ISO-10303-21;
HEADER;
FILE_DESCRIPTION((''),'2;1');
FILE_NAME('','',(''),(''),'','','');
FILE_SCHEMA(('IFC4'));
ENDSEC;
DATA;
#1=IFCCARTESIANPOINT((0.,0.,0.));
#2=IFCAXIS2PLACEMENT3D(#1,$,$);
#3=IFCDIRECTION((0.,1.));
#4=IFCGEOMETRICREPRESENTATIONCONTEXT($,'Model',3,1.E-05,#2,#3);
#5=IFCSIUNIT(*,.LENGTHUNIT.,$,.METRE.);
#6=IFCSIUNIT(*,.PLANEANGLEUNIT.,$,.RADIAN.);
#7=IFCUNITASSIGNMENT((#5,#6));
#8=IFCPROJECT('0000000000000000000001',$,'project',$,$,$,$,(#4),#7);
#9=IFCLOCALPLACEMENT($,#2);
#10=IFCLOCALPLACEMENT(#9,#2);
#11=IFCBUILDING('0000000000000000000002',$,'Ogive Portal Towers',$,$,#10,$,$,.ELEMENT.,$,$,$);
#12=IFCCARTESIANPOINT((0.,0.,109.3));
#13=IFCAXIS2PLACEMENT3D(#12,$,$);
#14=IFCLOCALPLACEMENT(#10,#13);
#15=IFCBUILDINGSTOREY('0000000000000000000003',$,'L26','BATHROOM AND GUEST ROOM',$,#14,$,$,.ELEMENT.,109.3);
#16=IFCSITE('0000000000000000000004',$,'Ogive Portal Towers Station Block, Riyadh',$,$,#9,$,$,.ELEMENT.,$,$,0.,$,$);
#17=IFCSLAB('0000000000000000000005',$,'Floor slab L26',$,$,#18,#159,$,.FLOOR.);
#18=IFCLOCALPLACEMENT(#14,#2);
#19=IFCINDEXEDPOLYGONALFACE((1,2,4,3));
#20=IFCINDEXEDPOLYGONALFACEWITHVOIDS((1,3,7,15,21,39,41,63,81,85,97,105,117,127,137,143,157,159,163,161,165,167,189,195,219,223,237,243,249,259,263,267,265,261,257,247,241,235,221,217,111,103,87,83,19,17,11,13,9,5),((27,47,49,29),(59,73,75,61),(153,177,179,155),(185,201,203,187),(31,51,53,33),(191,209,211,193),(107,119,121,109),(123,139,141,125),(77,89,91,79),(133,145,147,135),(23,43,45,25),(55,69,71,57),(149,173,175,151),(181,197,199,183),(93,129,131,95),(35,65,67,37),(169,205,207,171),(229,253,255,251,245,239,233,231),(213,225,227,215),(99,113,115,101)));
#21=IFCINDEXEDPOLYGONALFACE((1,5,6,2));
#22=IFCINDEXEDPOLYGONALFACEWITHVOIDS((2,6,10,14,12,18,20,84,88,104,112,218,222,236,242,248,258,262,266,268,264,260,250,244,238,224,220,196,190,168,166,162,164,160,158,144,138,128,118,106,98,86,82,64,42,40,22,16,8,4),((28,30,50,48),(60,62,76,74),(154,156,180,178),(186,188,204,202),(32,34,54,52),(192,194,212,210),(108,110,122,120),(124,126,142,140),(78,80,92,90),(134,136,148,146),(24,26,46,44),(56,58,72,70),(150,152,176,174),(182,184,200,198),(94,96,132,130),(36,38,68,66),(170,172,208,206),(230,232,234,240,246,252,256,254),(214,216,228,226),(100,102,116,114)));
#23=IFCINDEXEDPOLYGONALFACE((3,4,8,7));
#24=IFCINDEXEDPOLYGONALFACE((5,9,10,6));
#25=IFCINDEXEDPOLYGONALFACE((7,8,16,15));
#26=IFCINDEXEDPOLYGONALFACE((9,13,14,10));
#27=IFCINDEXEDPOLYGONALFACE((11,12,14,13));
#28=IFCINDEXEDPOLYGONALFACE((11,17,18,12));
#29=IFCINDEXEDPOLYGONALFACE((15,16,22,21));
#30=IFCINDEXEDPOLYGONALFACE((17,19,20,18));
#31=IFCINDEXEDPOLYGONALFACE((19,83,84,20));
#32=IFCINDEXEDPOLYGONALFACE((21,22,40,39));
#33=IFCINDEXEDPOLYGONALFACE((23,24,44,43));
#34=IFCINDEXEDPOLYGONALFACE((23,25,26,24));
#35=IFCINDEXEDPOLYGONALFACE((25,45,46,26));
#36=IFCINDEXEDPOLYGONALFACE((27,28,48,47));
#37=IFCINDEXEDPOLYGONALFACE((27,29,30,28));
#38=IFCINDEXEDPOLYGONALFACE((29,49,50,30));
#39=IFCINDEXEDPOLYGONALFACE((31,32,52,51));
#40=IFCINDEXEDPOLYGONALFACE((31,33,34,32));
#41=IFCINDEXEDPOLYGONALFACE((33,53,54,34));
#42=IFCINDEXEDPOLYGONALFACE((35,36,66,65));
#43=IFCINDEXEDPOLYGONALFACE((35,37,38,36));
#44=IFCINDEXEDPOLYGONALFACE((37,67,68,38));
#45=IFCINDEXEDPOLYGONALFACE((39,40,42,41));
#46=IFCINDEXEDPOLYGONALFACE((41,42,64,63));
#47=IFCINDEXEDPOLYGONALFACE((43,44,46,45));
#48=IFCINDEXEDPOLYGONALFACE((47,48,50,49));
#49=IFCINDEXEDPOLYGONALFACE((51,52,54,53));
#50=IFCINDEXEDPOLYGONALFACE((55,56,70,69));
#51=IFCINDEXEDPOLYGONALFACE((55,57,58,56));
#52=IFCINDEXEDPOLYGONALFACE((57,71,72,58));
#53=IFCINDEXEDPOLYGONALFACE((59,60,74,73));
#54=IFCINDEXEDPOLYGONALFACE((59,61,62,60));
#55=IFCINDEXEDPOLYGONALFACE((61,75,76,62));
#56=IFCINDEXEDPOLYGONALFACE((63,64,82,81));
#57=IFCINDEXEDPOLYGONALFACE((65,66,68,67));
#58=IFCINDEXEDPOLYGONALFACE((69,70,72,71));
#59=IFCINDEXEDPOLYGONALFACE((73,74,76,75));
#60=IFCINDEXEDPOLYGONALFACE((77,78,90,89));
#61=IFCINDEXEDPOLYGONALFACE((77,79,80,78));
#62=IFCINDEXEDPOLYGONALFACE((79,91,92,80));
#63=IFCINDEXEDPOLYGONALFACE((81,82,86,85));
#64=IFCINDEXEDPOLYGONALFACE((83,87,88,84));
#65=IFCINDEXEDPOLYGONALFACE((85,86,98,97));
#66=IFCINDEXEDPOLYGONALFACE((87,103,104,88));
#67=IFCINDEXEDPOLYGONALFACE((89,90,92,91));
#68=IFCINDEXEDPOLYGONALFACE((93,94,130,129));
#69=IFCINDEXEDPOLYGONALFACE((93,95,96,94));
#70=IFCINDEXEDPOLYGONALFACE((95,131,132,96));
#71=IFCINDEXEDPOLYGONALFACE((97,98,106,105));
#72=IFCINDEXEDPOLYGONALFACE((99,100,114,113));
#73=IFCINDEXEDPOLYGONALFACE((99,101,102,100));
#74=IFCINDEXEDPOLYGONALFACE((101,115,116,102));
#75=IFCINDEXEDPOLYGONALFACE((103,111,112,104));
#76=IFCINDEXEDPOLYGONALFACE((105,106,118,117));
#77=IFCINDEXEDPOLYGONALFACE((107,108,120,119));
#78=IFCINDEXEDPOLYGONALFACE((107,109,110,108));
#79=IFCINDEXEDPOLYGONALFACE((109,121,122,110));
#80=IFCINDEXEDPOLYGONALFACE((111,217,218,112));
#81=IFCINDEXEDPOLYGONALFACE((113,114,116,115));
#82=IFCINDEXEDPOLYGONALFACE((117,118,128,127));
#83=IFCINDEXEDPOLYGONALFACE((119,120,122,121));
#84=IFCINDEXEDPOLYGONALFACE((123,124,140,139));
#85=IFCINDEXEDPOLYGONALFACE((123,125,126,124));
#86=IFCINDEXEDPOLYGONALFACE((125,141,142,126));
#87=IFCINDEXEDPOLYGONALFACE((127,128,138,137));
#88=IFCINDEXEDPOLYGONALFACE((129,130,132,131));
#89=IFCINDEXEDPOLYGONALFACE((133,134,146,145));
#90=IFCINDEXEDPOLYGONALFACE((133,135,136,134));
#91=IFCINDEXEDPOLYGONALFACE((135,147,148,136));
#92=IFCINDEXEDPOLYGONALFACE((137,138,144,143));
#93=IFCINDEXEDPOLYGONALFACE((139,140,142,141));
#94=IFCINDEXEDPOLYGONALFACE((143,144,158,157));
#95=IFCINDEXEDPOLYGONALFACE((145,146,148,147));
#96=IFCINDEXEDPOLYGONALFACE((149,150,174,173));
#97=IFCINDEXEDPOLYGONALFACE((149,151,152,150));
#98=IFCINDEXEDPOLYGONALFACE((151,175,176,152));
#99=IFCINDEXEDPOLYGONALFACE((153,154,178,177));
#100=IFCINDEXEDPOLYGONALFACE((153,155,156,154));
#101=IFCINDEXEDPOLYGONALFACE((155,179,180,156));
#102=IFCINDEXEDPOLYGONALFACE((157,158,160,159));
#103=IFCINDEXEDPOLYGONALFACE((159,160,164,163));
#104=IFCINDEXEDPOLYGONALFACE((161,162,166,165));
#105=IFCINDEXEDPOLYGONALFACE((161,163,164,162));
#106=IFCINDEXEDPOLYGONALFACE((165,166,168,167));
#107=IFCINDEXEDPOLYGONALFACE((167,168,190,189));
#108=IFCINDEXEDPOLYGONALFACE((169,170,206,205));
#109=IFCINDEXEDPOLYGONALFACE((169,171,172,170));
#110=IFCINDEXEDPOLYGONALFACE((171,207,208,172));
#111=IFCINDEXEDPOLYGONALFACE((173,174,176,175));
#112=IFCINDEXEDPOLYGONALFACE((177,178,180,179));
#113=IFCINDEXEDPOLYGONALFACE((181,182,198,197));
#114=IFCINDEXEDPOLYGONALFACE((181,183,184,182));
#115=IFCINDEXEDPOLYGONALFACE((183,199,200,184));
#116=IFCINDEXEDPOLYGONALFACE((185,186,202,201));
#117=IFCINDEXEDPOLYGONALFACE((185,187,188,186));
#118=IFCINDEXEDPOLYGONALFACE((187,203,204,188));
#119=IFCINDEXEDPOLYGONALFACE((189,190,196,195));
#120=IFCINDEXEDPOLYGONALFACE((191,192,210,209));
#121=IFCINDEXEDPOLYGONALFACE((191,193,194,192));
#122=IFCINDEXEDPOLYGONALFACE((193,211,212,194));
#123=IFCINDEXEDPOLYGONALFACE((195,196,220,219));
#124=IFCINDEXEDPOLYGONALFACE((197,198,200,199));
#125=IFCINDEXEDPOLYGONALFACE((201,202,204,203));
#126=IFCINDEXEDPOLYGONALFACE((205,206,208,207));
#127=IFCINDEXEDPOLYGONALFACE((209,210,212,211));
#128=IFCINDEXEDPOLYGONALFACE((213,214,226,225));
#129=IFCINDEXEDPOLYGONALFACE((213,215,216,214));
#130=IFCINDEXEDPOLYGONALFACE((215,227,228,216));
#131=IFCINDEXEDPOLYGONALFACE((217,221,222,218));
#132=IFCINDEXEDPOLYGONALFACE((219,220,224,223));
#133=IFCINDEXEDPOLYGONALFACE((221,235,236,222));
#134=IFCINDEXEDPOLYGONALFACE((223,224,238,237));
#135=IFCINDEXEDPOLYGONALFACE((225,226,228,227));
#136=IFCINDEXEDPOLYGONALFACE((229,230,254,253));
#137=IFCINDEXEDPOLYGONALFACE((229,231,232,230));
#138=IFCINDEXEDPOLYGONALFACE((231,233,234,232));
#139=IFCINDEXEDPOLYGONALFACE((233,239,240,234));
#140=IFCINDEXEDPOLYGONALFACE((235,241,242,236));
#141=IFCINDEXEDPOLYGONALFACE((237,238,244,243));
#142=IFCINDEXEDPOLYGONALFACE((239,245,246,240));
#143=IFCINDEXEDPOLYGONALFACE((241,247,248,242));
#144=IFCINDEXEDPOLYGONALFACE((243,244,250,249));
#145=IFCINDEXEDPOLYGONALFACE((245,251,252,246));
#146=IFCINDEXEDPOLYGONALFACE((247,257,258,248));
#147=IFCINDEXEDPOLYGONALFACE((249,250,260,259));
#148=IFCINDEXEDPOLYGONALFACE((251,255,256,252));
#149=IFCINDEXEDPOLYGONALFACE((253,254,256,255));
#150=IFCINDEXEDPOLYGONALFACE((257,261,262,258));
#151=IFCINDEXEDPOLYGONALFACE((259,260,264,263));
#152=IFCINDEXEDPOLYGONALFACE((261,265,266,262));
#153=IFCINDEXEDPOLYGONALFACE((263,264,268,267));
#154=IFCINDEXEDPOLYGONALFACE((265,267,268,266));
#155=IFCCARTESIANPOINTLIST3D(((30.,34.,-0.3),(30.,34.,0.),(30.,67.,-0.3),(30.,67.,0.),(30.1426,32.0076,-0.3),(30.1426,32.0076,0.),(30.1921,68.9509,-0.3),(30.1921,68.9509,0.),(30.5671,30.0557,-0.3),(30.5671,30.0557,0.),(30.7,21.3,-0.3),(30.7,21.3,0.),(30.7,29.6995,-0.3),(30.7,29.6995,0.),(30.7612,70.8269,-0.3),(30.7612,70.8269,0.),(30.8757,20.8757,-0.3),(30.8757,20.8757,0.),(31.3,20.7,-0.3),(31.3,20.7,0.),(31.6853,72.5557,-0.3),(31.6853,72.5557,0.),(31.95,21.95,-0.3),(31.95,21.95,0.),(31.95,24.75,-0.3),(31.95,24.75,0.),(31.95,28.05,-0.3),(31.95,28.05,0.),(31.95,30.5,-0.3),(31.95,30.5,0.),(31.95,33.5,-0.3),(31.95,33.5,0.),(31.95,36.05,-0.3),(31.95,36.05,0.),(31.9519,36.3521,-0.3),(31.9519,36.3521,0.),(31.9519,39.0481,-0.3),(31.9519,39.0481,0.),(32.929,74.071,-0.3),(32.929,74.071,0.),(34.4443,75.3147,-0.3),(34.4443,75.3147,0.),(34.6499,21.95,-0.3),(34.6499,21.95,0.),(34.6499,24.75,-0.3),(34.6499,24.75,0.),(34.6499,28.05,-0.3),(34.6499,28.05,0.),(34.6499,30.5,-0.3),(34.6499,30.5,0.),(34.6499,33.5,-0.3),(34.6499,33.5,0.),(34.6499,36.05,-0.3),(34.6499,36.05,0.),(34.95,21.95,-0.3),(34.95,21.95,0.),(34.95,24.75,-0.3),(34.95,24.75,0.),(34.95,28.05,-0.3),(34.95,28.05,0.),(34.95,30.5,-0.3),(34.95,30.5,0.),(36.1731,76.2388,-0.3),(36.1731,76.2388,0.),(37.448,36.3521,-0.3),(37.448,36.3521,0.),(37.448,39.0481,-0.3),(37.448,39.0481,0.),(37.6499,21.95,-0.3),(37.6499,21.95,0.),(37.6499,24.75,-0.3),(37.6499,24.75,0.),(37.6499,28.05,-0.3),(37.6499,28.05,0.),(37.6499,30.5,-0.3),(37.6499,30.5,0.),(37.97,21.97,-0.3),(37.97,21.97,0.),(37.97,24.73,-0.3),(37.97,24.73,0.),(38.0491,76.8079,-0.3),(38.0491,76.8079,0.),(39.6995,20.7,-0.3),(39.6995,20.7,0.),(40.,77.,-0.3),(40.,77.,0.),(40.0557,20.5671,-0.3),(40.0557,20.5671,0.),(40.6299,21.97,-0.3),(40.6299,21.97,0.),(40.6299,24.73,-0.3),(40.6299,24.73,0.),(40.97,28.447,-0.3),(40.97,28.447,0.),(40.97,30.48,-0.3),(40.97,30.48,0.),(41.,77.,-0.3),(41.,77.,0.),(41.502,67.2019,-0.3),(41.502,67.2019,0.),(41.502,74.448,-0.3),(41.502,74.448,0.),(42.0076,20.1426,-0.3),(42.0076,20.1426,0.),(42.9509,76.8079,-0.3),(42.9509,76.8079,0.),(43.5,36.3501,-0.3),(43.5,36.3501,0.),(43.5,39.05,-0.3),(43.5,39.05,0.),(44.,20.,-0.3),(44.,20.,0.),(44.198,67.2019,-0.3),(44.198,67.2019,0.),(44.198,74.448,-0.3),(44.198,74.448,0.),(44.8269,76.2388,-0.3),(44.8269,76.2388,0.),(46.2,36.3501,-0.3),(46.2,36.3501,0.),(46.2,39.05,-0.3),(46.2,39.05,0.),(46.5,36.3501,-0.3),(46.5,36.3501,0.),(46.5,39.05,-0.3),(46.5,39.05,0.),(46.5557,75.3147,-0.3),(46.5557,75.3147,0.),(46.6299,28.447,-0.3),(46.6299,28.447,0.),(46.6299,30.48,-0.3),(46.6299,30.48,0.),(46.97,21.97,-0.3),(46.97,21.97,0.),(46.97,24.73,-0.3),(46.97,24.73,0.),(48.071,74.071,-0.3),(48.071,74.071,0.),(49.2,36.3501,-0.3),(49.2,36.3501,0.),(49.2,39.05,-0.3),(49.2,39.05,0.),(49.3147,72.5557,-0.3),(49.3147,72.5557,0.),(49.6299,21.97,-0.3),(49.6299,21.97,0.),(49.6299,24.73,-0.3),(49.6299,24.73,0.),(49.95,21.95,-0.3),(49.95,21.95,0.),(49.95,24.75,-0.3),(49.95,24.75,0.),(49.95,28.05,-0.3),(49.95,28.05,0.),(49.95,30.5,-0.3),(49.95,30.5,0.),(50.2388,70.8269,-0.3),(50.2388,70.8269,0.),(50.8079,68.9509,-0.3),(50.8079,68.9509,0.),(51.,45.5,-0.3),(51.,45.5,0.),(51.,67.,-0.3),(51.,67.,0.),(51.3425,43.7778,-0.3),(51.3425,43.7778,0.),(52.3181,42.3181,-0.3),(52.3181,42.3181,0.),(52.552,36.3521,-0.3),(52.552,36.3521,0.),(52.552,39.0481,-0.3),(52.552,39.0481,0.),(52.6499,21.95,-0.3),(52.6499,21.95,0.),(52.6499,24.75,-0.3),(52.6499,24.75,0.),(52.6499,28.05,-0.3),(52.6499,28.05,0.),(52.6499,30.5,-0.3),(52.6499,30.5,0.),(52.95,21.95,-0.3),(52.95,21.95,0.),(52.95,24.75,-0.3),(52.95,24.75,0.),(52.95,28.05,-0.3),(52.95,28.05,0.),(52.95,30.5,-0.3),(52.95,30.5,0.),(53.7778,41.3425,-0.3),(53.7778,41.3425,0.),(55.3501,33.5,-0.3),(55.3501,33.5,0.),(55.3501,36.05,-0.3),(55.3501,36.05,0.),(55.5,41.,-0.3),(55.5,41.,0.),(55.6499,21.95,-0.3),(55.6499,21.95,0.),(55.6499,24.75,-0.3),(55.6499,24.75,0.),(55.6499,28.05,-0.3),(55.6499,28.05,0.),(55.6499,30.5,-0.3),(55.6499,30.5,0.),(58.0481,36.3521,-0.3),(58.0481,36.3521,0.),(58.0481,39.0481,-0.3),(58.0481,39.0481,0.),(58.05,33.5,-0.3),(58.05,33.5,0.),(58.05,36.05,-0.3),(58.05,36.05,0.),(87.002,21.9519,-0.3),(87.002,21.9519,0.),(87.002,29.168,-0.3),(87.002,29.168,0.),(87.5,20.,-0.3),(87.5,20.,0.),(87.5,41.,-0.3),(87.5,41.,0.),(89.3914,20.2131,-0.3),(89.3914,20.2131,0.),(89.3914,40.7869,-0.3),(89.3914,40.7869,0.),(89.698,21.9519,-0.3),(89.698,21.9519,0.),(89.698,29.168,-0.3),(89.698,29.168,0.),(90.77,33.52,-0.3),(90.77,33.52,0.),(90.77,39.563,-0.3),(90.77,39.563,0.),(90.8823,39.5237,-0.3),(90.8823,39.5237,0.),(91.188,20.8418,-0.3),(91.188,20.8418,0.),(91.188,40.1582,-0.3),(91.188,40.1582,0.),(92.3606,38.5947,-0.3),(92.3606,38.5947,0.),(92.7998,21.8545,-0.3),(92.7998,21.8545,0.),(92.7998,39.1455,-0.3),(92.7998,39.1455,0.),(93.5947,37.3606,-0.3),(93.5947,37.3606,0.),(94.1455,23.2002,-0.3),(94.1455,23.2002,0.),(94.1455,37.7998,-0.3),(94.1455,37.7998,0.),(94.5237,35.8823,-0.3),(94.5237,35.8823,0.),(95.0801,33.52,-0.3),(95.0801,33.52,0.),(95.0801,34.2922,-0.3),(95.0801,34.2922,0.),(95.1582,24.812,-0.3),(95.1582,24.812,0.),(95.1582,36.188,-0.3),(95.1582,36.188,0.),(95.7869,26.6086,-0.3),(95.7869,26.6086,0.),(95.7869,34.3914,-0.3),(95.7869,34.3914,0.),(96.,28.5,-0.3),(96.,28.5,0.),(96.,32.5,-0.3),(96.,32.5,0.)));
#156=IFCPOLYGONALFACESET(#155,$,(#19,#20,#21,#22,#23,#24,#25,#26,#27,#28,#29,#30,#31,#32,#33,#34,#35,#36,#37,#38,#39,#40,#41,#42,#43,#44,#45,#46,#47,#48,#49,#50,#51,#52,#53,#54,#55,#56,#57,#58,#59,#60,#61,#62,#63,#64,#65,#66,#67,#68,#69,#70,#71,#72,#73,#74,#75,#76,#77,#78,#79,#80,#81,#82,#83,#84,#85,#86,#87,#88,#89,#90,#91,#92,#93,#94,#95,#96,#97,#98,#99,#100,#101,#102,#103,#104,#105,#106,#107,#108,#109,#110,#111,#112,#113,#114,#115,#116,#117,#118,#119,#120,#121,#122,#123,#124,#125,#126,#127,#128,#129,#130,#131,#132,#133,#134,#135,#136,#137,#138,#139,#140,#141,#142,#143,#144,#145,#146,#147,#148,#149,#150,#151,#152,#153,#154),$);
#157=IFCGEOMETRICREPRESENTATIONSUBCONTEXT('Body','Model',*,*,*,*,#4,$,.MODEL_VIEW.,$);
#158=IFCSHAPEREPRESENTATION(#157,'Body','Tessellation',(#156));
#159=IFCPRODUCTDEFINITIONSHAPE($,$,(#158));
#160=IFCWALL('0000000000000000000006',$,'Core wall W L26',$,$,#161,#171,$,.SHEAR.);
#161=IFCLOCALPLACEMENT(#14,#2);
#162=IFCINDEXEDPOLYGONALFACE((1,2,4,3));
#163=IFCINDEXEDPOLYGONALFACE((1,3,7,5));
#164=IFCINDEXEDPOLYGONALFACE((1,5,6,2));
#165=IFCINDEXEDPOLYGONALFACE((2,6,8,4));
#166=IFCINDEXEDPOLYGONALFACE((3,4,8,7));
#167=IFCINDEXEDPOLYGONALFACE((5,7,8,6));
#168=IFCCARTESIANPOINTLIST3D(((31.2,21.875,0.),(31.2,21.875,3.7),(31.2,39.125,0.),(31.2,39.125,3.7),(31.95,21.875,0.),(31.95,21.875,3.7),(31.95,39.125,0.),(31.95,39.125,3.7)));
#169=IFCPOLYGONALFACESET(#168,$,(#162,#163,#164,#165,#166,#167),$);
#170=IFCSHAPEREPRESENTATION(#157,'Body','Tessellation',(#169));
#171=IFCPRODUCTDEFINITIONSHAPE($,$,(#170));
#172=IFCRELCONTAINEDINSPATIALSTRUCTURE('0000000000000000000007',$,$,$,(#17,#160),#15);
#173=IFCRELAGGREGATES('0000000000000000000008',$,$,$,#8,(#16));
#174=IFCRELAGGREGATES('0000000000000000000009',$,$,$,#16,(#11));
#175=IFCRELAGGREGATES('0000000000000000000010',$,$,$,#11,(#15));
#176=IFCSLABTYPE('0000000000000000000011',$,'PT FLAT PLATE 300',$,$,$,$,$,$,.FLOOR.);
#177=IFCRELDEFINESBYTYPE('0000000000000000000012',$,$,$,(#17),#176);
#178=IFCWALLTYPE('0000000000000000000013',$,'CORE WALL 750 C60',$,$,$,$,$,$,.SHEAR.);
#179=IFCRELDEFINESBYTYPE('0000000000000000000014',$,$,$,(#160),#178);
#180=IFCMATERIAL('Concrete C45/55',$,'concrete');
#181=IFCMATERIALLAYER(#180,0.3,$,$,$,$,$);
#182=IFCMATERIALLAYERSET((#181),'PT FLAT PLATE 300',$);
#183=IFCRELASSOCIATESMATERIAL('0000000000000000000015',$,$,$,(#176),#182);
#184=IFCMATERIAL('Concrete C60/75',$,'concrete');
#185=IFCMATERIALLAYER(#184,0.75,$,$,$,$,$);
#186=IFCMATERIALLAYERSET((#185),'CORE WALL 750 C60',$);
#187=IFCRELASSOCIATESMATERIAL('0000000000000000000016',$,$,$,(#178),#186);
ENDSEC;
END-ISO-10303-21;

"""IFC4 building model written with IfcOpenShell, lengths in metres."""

from ifc_helpers import new_model, si_unit, direction, frame, frame_2d, origin, place, context, subcontext, project, spatial, polyline, rectangle, outline, extrude, material, layer, layer_set, type_object, element, save


model = new_model("IFC4")

# Units and contexts
model_context = context("Model", 3, precision=1e-05, world=origin(), true_north=direction((0.0, 1.0)))
body_context = subcontext(model_context, "Body", "Model", "MODEL_VIEW")
ifc_project = project(units=[si_unit("LENGTHUNIT", "METRE"), si_unit("PLANEANGLEUNIT", "RADIAN")], contexts=[model_context])

# Site, building, storey
site_placement = place(None, origin())
site = spatial("IfcSite", under=ifc_project, at=site_placement, Name="Ogive Portal Towers Station Block, Riyadh", CompositionType="ELEMENT", RefElevation=0.0)
building_placement = place(site_placement, origin())
building = spatial("IfcBuilding", under=site, at=building_placement, Name="Ogive Portal Towers", CompositionType="ELEMENT")
storey_placement = place(building_placement, frame((0.0, 0.0, 109.3)))
storey = spatial("IfcBuildingStorey", under=building, at=storey_placement, Name="L26", Description="BATHROOM AND GUEST ROOM", CompositionType="ELEMENT", Elevation=109.3)

# Slab
ifc_material_1 = material(Name="Concrete C45/55", Category="concrete")
ifc_layer_1 = layer(ifc_material_1, 0.3)
ifc_layer_set_1 = layer_set([ifc_layer_1], Name="PT FLAT PLATE 300")
slab_type_1 = type_object("IfcSlabType", Name="PT FLAT PLATE 300", PredefinedType="FLOOR", material=ifc_layer_set_1)
slab_1_placement = place(storey_placement, frame((0.0, 0.0, -0.3)))
element("IfcSlab", 1, at=slab_1_placement, inside=storey, type_object=slab_type_1, Name="Floor slab L26", PredefinedType="FLOOR", context=body_context, shape_type="SweptSolid", body=[
    extrude(outline(polyline([(30.1426, 32.0076), (30.5671, 30.0557), (30.7, 29.6995), (30.7, 21.3), (30.8757, 20.8757), (31.3, 20.7), (39.6995, 20.7), (40.0557, 20.5671), (42.0076, 20.1426), (44.0, 20.0), (87.5, 20.0), (89.3914, 20.2131), (91.188, 20.8418), (92.7998, 21.8545), (94.1455, 23.2002), (95.1582, 24.812), (95.7869, 26.6086), (96.0, 28.5), (96.0, 32.5), (95.7869, 34.3914), (95.1582, 36.188), (94.1455, 37.7998), (92.7998, 39.1455), (91.188, 40.1582), (89.3914, 40.7869), (87.5, 41.0), (55.5, 41.0), (53.7778, 41.3425), (52.3181, 42.3181), (51.3425, 43.7778), (51.0, 45.5), (51.0, 67.0), (50.8079, 68.9509), (50.2388, 70.8269), (49.3147, 72.5557), (48.071, 74.071), (46.5557, 75.3147), (44.8269, 76.2388), (42.9509, 76.8079), (41.0, 77.0), (40.0, 77.0), (38.0491, 76.8079), (36.1731, 76.2388), (34.4443, 75.3147), (32.929, 74.071), (31.6853, 72.5557), (30.7612, 70.8269), (30.1921, 68.9509), (30.0, 67.0), (30.0, 34.0), (30.1426, 32.0076)]), holes=[polyline([(34.6499, 24.75), (34.6499, 21.95), (31.95, 21.95), (31.95, 24.75), (34.6499, 24.75)]), polyline([(37.6499, 24.75), (37.6499, 21.95), (34.95, 21.95), (34.95, 24.75), (37.6499, 24.75)]), polyline([(40.6299, 21.97), (37.97, 21.97), (37.97, 24.73), (40.6299, 24.73), (40.6299, 21.97)]), polyline([(34.6499, 28.05), (31.95, 28.05), (31.95, 30.5), (34.6499, 30.5), (34.6499, 28.05)]), polyline([(37.6499, 28.05), (34.95, 28.05), (34.95, 30.5), (37.6499, 30.5), (37.6499, 28.05)]), polyline([(46.6299, 28.447), (40.97, 28.447), (40.97, 30.48), (46.6299, 30.48), (46.6299, 28.447)]), polyline([(34.6499, 36.05), (34.6499, 33.5), (31.95, 33.5), (31.95, 36.05), (34.6499, 36.05)]), polyline([(31.9519, 39.0481), (37.448, 39.0481), (37.448, 36.3521), (31.9519, 36.3521), (31.9519, 39.0481)]), polyline([(46.2, 36.3501), (43.5, 36.3501), (43.5, 39.05), (46.2, 39.05), (46.2, 36.3501)]), polyline([(44.198, 67.2019), (41.502, 67.2019), (41.502, 74.448), (44.198, 74.448), (44.198, 67.2019)]), polyline([(49.6299, 21.97), (46.97, 21.97), (46.97, 24.73), (49.6299, 24.73), (49.6299, 21.97)]), polyline([(52.6499, 24.75), (52.6499, 21.95), (49.95, 21.95), (49.95, 24.75), (52.6499, 24.75)]), polyline([(55.6499, 24.75), (55.6499, 21.95), (52.95, 21.95), (52.95, 24.75), (55.6499, 24.75)]), polyline([(87.002, 29.168), (89.698, 29.168), (89.698, 21.9519), (87.002, 21.9519), (87.002, 29.168)]), polyline([(52.6499, 28.05), (49.95, 28.05), (49.95, 30.5), (52.6499, 30.5), (52.6499, 28.05)]), polyline([(55.6499, 30.5), (55.6499, 28.05), (52.95, 28.05), (52.95, 30.5), (55.6499, 30.5)]), polyline([(58.05, 36.05), (58.05, 33.5), (55.3501, 33.5), (55.3501, 36.05), (58.05, 36.05)]), polyline([(93.5947, 37.3606), (94.5237, 35.8823), (95.0801, 34.2922), (95.0801, 33.52), (90.77, 33.52), (90.77, 39.563), (90.8823, 39.5237), (92.3606, 38.5947), (93.5947, 37.3606)]), polyline([(49.2, 36.3501), (46.5, 36.3501), (46.5, 39.05), (49.2, 39.05), (49.2, 36.3501)]), polyline([(52.552, 36.3521), (52.552, 39.0481), (58.0481, 39.0481), (58.0481, 36.3521), (52.552, 36.3521)])]), origin(), (0.0, 0.0, 1.0), 0.3),
])

# Wall
ifc_material_2 = material(Name="Concrete C60/75", Category="concrete")
ifc_layer_2 = layer(ifc_material_2, 0.75)
ifc_layer_set_2 = layer_set([ifc_layer_2], Name="CORE WALL 750 C60")
wall_type_1 = type_object("IfcWallType", Name="CORE WALL 750 C60", PredefinedType="SHEAR", material=ifc_layer_set_2)
wall_1_placement = place(storey_placement, frame((31.575, 21.875, 0.0), z_axis=(0.0, 0.0, 1.0), x_axis=(0.0, 1.0, 0.0)))
element("IfcWall", 2, at=wall_1_placement, inside=storey, type_object=wall_type_1, Name="Core wall W L26", PredefinedType="SHEAR", context=body_context, shape_type="SweptSolid", body=[
    extrude(rectangle(XDim=17.25, YDim=0.75, at=frame_2d((8.625, 0.0))), origin(), (0.0, 0.0, 1.0), 3.7),
])

save(model, "model.ifc")
